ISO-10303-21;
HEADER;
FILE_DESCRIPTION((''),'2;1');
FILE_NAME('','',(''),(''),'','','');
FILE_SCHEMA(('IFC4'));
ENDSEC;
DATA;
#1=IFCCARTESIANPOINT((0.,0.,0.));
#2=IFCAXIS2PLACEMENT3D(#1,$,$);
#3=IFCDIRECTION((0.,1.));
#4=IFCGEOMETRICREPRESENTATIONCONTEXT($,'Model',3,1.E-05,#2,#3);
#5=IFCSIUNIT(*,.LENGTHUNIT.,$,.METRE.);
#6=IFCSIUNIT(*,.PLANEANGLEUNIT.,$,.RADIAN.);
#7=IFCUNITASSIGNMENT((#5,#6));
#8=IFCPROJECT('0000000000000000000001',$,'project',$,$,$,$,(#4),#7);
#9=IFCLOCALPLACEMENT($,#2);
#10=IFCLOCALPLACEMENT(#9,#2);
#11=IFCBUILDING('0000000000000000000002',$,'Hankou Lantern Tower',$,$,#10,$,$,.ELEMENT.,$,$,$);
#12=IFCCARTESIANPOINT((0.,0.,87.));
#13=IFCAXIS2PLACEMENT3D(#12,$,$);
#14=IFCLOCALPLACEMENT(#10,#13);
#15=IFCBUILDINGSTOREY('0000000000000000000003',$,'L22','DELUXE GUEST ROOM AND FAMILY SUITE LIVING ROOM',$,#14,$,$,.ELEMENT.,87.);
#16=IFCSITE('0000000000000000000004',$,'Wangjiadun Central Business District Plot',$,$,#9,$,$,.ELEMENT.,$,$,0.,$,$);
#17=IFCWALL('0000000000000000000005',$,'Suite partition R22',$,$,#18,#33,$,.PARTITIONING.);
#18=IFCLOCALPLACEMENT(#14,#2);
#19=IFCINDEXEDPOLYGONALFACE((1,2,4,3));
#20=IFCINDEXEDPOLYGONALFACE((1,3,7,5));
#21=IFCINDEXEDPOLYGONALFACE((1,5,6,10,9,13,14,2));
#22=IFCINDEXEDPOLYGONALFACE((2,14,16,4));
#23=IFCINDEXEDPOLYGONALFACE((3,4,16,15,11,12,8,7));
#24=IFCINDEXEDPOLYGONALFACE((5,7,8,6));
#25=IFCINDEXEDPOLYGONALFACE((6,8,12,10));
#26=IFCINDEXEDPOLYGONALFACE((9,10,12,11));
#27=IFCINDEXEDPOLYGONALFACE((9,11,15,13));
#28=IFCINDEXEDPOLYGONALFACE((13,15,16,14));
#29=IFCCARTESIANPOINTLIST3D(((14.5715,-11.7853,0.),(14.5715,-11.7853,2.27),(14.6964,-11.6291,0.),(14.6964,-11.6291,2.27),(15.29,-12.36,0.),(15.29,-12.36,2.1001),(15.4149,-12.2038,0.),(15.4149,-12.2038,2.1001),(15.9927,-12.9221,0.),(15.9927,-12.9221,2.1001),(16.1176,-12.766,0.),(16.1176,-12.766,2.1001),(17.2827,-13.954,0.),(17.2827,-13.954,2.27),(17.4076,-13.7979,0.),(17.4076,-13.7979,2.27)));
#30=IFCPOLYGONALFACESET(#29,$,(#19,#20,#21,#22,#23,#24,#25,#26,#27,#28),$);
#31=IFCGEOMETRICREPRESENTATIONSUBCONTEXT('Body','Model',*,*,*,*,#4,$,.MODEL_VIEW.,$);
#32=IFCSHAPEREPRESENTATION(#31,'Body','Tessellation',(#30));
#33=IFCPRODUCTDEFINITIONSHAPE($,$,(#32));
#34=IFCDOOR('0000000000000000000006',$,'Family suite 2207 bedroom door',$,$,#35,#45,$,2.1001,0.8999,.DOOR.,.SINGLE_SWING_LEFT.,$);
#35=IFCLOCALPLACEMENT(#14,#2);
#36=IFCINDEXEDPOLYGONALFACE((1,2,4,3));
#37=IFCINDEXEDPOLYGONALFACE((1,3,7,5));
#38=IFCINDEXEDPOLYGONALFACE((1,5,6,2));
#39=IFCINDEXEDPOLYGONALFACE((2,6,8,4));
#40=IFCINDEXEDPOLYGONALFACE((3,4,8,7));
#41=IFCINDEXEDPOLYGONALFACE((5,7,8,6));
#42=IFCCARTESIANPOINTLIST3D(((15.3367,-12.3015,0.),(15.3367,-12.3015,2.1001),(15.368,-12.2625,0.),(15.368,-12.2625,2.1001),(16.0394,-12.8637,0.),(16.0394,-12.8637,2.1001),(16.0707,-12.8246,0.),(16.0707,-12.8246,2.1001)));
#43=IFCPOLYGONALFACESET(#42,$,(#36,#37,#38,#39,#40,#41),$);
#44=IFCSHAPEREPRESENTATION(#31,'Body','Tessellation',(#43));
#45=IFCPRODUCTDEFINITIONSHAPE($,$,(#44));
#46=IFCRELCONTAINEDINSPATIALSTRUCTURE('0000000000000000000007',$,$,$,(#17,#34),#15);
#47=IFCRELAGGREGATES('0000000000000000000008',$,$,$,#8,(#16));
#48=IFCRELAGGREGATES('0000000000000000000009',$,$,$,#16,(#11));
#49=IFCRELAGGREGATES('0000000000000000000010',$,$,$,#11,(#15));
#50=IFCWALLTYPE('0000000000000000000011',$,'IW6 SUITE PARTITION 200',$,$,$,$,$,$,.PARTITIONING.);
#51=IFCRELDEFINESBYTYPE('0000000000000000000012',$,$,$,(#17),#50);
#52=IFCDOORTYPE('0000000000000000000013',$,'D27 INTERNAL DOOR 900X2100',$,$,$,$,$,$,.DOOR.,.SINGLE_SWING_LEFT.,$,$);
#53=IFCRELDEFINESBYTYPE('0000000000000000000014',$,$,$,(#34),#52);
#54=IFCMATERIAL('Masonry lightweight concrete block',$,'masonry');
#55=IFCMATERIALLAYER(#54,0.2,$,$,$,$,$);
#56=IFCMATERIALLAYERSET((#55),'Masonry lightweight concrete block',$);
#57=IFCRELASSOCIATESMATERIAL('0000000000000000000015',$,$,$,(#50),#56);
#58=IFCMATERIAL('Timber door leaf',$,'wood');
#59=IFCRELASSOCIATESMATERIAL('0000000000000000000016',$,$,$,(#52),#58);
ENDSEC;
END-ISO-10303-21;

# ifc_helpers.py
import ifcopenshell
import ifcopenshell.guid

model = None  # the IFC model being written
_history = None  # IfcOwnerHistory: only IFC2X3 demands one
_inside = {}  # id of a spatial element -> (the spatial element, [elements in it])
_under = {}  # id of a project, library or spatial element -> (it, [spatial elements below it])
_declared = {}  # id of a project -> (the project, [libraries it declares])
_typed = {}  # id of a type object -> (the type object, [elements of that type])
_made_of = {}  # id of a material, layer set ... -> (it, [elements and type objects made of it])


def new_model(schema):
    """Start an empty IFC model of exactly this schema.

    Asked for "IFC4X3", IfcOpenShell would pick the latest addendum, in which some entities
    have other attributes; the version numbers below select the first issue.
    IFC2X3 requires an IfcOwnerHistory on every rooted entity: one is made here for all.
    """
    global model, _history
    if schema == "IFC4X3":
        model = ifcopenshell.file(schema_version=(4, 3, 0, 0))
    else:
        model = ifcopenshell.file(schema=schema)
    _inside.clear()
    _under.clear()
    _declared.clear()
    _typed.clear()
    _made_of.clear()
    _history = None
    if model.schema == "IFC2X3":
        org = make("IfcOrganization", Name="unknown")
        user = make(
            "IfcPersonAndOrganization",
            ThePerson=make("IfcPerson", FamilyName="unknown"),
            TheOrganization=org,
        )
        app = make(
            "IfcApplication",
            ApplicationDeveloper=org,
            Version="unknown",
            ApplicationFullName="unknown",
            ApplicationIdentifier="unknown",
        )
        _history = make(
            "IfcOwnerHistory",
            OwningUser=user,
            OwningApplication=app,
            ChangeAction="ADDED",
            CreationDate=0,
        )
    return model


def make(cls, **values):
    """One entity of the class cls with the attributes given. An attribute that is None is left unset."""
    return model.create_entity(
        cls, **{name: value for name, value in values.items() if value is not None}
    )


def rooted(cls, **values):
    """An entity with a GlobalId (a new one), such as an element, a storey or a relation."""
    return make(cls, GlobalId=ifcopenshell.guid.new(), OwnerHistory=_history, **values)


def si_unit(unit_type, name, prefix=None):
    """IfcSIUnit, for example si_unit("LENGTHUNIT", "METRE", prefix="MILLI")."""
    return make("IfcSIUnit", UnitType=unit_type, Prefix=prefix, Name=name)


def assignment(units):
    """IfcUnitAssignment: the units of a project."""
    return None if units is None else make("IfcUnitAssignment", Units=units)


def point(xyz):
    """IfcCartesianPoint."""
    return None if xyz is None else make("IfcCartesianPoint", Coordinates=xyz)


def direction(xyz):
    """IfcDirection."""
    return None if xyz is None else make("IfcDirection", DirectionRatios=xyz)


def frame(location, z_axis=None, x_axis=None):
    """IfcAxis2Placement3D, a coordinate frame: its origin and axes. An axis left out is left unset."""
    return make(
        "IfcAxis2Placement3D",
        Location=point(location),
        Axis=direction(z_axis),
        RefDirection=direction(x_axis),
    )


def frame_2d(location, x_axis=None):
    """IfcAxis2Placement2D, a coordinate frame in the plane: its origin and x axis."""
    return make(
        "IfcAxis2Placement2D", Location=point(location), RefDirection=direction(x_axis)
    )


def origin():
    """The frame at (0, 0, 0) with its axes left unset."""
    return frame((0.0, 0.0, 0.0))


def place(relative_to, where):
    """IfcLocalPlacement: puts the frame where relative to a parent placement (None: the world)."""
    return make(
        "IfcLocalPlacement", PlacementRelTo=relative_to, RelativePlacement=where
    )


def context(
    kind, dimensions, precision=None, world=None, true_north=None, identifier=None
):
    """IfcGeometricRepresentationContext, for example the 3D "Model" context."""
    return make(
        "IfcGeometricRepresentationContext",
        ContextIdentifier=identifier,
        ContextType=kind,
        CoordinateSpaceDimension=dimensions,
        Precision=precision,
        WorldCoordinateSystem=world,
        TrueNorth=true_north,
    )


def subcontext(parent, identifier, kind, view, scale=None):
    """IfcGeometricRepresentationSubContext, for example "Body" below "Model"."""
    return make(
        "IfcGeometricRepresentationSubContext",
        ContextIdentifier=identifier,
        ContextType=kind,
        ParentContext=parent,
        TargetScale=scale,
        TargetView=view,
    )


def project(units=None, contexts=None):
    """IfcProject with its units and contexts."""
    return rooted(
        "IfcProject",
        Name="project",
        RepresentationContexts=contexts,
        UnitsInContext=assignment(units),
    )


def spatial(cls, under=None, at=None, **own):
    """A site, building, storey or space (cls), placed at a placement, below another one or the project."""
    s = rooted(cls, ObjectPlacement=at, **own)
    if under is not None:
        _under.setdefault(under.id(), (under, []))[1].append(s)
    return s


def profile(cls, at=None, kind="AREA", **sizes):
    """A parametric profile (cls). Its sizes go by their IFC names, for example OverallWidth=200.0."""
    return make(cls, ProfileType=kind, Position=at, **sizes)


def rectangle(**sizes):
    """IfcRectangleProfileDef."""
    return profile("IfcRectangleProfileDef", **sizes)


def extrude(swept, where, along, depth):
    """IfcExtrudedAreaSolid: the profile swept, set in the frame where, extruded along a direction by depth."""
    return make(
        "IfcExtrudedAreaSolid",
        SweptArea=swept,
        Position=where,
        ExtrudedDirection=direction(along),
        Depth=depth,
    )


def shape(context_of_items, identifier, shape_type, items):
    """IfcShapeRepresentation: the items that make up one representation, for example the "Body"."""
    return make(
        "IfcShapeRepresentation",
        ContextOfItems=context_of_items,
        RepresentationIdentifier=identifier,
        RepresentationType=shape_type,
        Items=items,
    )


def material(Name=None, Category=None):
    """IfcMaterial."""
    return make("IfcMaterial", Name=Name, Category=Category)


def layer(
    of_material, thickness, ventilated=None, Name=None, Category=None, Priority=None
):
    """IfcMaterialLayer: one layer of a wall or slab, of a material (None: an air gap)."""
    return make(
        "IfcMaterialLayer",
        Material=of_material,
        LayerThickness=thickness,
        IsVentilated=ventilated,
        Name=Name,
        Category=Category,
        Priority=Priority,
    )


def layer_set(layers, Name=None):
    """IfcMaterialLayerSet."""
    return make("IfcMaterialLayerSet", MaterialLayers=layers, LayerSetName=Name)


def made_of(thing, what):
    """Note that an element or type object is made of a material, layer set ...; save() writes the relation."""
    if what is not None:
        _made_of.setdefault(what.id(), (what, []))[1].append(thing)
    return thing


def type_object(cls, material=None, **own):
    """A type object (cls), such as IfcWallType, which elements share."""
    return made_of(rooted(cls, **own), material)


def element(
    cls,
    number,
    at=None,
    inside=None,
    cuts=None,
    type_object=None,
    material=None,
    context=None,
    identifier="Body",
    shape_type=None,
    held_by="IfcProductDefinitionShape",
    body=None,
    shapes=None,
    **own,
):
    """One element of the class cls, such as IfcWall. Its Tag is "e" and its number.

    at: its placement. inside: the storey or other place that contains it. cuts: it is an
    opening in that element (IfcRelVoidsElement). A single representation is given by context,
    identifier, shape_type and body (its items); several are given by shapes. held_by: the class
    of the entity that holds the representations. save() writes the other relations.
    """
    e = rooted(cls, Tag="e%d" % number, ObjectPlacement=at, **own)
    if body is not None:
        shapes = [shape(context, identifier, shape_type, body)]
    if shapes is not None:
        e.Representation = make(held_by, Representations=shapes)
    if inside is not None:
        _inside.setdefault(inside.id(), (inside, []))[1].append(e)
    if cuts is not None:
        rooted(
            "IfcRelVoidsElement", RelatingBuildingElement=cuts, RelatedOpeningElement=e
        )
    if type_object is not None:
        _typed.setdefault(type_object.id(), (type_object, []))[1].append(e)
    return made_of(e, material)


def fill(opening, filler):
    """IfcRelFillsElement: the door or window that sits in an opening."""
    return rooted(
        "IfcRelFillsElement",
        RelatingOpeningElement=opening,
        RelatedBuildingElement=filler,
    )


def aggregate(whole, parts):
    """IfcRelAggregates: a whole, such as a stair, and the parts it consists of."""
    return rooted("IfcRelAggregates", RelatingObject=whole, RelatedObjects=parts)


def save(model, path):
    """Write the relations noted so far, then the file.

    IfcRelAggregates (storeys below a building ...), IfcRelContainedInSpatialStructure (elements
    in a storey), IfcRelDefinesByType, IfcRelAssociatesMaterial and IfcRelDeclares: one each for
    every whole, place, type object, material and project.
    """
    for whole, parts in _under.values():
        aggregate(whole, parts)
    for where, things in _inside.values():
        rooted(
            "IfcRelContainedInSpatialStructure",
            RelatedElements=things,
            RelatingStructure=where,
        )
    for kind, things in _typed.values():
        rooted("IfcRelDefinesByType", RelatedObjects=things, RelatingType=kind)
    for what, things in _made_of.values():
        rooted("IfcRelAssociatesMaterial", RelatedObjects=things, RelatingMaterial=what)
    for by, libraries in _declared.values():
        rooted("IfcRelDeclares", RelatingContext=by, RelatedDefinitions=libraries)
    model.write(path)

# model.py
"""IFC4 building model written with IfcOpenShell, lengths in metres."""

from ifc_helpers import new_model, si_unit, direction, frame, frame_2d, origin, place, context, subcontext, project, spatial, rectangle, extrude, material, layer, layer_set, type_object, element, fill, save


model = new_model("IFC4")

# Units and contexts
model_context = context("Model", 3, precision=1e-05, world=origin(), true_north=direction((0.0, 1.0)))
body_context = subcontext(model_context, "Body", "Model", "MODEL_VIEW")
ifc_project = project(units=[si_unit("LENGTHUNIT", "METRE"), si_unit("PLANEANGLEUNIT", "RADIAN")], contexts=[model_context])

# Site, building, storey
site_placement = place(None, origin())
site = spatial("IfcSite", under=ifc_project, at=site_placement, Name="Wangjiadun Central Business District Plot", CompositionType="ELEMENT", RefElevation=0.0)
building_placement = place(site_placement, origin())
building = spatial("IfcBuilding", under=site, at=building_placement, Name="Hankou Lantern Tower", CompositionType="ELEMENT")
storey_placement = place(building_placement, frame((0.0, 0.0, 87.0)))
storey = spatial("IfcBuildingStorey", under=building, at=storey_placement, Name="L22", Description="DELUXE GUEST ROOM AND FAMILY SUITE LIVING ROOM", CompositionType="ELEMENT", Elevation=87.0)

# Wall, opening, door
ifc_material_1 = material(Name="Masonry lightweight concrete block", Category="masonry")
ifc_layer_1 = layer(ifc_material_1, 0.2)
ifc_layer_set_1 = layer_set([ifc_layer_1], Name="Masonry lightweight concrete block")
wall_type_1 = type_object("IfcWallType", Name="IW6 SUITE PARTITION 200", PredefinedType="PARTITIONING", material=ifc_layer_set_1)
ifc_material_2 = material(Name="Timber door leaf", Category="wood")
door_type = type_object("IfcDoorType", Name="D27 INTERNAL DOOR 900X2100", OperationType="SINGLE_SWING_LEFT", PredefinedType="DOOR", material=ifc_material_2)
wall_1_placement = place(storey_placement, frame((14.634, -11.7073, 0.0), z_axis=(0.0, 0.0, 1.0), x_axis=(0.780903, -0.624652, 0.0)))
wall_1 = element("IfcWall", 1, at=wall_1_placement, inside=storey, type_object=wall_type_1, Name="Suite partition R22", PredefinedType="PARTITIONING", context=body_context, shape_type="SweptSolid", body=[
    extrude(rectangle(XDim=3.4719, YDim=0.2, at=frame_2d((1.7358, 0.0))), origin(), (0.0, 0.0, 1.0), 2.27),
])
opening_1_placement = place(wall_1_placement, frame((0.9199, 0.0, 0.0)))
opening_1 = element("IfcOpeningElement", 2, at=opening_1_placement, cuts=wall_1, PredefinedType="OPENING", context=body_context, shape_type="SweptSolid", body=[
    extrude(rectangle(XDim=0.8999, YDim=2.1001, at=frame_2d((0.45, 1.05))), frame((0.0, 0.1099, 0.0), z_axis=(0.0, -1.0, 0.0), x_axis=(1.0, 0.0, 0.0)), (0.0, 0.0, 1.0), 0.22),
])
door_1_placement = place(opening_1_placement, origin())
door_1 = element("IfcDoor", 3, at=door_1_placement, inside=storey, type_object=door_type, Name="Family suite 2207 bedroom door", OperationType="SINGLE_SWING_LEFT", OverallHeight=2.1001, OverallWidth=0.8999, PredefinedType="DOOR", context=body_context, shape_type="SweptSolid", body=[
    extrude(rectangle(XDim=0.8999, YDim=2.1001, at=frame_2d((0.45, 1.05))), frame((0.0, 0.0249, 0.0), z_axis=(0.0, -1.0, 0.0), x_axis=(1.0, 0.0, 0.0)), (0.0, 0.0, 1.0), 0.05),
])
fill(opening_1, door_1)

save(model, "model.ifc")
